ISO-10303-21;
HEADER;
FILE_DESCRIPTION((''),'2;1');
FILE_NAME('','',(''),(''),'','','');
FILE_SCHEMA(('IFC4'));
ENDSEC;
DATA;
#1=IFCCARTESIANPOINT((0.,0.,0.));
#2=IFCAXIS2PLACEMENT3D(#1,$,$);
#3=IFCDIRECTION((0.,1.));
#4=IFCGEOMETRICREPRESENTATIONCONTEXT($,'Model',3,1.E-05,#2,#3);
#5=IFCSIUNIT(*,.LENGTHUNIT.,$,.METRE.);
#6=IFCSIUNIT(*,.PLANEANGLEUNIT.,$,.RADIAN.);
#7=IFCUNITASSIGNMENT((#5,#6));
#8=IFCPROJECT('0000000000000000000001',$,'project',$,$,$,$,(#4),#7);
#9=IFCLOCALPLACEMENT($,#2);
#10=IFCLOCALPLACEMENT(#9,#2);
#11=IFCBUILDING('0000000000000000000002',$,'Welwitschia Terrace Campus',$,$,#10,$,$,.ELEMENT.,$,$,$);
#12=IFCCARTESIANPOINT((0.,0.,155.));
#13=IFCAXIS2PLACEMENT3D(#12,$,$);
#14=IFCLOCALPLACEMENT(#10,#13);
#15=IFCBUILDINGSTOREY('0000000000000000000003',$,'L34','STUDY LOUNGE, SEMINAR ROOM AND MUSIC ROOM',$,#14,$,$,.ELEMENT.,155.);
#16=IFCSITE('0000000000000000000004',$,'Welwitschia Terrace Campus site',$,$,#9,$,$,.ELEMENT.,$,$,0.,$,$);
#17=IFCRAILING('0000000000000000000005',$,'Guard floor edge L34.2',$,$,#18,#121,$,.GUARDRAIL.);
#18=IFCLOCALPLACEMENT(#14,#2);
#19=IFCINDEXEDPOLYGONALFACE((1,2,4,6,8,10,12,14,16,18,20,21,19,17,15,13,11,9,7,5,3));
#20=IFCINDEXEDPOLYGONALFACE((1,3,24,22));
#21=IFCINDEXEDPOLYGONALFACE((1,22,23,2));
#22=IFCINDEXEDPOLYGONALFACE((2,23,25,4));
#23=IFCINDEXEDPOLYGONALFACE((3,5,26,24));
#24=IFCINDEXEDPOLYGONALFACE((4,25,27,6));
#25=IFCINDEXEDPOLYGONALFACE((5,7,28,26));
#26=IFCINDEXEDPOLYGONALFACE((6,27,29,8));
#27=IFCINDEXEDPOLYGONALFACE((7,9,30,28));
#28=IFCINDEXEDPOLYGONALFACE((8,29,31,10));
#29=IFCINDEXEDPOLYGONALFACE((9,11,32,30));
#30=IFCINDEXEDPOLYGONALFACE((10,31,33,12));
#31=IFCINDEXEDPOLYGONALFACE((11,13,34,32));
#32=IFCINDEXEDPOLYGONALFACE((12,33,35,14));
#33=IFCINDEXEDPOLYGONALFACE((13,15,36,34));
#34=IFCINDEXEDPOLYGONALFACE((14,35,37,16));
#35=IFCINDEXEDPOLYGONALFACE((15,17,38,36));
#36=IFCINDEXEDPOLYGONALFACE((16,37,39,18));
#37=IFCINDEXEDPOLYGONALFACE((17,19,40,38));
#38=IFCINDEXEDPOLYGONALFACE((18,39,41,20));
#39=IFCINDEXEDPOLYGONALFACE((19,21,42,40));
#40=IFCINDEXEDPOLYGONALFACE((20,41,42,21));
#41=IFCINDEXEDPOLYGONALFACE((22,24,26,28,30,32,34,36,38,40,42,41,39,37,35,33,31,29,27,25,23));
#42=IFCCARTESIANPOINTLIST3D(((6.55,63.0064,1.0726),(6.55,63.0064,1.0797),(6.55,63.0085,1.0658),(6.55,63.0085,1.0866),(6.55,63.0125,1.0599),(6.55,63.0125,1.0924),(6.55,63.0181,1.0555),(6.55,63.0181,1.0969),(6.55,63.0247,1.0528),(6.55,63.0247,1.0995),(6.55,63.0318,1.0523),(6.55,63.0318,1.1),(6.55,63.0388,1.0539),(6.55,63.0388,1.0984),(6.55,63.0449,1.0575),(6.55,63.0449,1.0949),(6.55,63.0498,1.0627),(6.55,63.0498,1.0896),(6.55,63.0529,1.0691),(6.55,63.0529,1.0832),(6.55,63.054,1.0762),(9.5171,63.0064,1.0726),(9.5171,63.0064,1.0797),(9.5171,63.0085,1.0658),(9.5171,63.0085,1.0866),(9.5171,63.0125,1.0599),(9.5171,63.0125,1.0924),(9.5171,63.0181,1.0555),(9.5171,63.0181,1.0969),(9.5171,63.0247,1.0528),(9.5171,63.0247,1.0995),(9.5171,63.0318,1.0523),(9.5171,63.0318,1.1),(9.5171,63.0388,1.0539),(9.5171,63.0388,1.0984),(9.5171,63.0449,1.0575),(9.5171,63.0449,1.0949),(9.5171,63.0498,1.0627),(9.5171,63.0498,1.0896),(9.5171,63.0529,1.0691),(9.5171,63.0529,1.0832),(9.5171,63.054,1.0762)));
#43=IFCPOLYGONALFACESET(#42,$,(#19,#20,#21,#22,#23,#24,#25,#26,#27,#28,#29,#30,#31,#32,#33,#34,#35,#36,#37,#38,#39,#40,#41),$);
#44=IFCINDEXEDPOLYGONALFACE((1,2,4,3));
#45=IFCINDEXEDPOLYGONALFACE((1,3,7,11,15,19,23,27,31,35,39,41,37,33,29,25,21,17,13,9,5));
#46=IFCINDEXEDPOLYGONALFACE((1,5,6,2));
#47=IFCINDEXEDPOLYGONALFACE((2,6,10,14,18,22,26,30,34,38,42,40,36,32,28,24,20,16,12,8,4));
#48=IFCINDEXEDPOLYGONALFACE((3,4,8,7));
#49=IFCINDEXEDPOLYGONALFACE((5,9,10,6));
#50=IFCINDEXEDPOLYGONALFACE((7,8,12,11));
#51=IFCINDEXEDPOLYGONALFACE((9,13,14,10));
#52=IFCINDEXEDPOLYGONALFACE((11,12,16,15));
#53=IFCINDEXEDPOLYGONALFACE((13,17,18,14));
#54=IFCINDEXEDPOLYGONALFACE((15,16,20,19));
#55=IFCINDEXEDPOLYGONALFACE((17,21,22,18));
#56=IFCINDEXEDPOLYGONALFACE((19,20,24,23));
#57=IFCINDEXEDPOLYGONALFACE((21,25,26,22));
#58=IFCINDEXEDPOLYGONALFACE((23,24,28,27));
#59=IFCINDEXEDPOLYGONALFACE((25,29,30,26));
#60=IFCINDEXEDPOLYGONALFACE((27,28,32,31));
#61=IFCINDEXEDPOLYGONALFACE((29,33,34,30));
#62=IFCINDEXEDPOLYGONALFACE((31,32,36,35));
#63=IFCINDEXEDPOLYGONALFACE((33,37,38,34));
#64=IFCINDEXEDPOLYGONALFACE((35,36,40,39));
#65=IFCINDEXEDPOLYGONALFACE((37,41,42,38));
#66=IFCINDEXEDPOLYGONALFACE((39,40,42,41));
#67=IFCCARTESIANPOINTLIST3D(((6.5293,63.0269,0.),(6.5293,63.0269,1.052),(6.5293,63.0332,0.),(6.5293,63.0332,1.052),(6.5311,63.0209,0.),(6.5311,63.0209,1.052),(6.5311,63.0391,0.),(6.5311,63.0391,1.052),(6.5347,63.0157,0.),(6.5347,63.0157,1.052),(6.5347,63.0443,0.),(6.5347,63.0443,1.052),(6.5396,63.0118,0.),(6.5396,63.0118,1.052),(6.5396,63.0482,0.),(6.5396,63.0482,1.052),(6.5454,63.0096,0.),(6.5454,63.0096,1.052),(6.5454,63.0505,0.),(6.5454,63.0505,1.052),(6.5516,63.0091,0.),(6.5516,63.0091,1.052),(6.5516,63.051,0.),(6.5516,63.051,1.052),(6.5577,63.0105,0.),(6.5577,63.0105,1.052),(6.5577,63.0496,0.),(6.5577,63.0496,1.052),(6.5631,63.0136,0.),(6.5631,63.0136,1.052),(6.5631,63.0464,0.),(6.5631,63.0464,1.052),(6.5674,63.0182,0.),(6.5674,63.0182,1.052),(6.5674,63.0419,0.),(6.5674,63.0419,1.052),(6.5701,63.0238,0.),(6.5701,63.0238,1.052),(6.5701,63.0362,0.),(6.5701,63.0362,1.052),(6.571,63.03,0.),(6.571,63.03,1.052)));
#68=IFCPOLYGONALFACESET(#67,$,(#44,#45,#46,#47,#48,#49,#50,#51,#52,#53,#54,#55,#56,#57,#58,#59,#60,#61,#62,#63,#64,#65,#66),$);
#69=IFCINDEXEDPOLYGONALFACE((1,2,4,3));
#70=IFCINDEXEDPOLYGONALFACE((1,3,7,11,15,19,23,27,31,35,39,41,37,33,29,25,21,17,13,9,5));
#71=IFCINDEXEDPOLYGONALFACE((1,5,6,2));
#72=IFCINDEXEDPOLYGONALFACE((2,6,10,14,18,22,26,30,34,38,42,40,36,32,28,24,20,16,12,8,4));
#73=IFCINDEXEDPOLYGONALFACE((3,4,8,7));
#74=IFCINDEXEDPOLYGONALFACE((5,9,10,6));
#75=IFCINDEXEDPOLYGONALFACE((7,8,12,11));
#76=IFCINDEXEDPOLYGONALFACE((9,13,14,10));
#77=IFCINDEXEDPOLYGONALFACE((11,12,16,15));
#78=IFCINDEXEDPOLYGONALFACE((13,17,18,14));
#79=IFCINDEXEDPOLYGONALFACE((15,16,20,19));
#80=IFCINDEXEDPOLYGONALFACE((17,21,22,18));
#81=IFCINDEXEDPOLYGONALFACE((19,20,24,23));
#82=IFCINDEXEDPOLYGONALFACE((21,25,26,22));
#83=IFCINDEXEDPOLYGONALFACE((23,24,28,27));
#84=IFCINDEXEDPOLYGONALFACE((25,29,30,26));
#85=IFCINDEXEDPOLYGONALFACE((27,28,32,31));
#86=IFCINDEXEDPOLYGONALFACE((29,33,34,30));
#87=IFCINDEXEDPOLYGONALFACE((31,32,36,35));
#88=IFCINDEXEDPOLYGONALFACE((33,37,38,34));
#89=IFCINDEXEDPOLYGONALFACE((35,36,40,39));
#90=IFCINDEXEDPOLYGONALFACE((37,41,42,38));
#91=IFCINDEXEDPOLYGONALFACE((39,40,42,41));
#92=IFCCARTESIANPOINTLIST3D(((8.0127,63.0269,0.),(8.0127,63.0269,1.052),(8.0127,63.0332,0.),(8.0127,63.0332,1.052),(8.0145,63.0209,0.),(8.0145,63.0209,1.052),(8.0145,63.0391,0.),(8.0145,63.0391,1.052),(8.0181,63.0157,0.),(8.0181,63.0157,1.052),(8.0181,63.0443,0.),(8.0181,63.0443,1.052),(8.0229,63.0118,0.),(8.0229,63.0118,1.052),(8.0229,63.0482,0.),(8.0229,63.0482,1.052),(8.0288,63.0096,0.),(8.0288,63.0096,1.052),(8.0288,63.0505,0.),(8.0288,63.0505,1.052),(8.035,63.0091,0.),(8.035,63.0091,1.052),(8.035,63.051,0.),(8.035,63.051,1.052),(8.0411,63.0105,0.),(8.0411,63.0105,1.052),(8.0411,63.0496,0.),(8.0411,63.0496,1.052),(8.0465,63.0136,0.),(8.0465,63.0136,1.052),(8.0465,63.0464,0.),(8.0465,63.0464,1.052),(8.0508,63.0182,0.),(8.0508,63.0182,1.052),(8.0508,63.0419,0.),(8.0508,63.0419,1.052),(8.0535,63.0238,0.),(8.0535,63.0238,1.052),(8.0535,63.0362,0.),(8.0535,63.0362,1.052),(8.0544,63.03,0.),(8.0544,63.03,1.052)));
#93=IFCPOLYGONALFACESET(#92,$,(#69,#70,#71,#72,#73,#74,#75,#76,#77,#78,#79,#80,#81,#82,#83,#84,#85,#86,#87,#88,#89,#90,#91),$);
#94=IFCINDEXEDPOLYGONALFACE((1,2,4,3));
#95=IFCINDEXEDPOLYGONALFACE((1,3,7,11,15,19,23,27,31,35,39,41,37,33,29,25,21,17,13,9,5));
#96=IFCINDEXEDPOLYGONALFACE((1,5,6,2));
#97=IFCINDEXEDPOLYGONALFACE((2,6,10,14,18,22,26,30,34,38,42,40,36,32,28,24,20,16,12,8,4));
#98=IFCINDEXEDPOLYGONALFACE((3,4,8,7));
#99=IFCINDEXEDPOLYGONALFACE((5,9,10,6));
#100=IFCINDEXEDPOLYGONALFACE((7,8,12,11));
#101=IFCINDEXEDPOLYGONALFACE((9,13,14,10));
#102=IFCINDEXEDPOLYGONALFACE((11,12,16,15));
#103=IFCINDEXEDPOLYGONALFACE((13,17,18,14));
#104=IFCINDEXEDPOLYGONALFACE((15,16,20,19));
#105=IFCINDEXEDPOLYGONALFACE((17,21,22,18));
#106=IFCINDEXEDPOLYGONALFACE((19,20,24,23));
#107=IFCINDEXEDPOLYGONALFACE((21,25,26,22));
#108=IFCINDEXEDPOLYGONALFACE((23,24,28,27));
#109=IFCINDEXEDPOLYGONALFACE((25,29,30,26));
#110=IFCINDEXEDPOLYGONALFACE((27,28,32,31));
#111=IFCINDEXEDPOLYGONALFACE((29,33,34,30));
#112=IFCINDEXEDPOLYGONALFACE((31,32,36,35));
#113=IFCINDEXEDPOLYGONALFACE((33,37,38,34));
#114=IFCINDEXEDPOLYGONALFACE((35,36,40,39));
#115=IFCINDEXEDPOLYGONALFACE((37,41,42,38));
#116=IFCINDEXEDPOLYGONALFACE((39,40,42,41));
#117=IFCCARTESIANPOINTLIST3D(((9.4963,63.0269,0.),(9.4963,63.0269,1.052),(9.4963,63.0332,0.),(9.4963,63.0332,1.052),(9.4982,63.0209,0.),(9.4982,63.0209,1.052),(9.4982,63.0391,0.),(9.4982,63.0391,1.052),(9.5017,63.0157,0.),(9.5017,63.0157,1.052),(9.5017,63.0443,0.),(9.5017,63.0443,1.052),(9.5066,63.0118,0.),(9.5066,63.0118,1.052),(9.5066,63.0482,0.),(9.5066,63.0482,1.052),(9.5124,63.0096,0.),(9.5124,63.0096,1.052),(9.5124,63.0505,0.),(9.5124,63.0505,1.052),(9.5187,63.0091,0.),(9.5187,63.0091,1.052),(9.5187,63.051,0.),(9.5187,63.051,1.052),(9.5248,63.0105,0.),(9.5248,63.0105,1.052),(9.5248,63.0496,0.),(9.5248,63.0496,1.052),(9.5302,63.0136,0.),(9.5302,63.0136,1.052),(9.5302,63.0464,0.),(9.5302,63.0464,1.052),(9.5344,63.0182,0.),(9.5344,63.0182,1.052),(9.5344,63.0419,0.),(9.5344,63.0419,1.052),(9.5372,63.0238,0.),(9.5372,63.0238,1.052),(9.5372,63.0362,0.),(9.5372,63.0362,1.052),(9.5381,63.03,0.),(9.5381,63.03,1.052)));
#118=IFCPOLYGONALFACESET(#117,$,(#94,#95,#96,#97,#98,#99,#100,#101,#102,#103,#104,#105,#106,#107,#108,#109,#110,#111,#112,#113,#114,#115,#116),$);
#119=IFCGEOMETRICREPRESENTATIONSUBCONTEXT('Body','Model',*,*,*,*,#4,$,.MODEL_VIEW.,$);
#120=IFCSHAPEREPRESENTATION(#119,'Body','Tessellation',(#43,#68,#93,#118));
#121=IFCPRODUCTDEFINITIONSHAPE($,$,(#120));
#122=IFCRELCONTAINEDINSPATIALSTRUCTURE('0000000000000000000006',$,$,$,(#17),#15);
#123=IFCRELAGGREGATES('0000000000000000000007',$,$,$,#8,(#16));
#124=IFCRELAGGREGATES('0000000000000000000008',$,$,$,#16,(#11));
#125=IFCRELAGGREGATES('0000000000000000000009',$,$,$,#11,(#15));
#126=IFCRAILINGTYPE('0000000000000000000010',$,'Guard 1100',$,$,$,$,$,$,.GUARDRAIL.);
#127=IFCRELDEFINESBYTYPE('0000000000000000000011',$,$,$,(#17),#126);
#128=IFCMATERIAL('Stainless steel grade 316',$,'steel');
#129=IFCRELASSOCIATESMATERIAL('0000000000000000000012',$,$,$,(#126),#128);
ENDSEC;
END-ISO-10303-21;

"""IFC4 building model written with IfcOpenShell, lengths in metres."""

from ifc_helpers import new_model, si_unit, direction, frame, origin, origin_2d, place, context, subcontext, project, spatial, circle, extrude, material, type_object, element, save


model = new_model("IFC4")

# Units and contexts
model_context = context("Model", 3, precision=1e-05, world=origin(), true_north=direction((0.0, 1.0)))
body_context = subcontext(model_context, "Body", "Model", "MODEL_VIEW")
ifc_project = project(units=[si_unit("LENGTHUNIT", "METRE"), si_unit("PLANEANGLEUNIT", "RADIAN")], contexts=[model_context])

# Site, building, storey
site_placement = place(None, origin())
site = spatial("IfcSite", under=ifc_project, at=site_placement, Name="Welwitschia Terrace Campus site", CompositionType="ELEMENT", RefElevation=0.0)
building_placement = place(site_placement, origin())
building = spatial("IfcBuilding", under=site, at=building_placement, Name="Welwitschia Terrace Campus", CompositionType="ELEMENT")
storey_placement = place(building_placement, frame((0.0, 0.0, 155.0)))
storey = spatial("IfcBuildingStorey", under=building, at=storey_placement, Name="L34", Description="STUDY LOUNGE, SEMINAR ROOM AND MUSIC ROOM", CompositionType="ELEMENT", Elevation=155.0)

# Railing
ifc_material_1 = material(Name="Stainless steel grade 316", Category="steel")
railing_type = type_object("IfcRailingType", Name="Guard 1100", PredefinedType="GUARDRAIL", material=ifc_material_1)
railing_1_placement = place(storey_placement, frame((6.55, 63.03, 0.0)))
element("IfcRailing", 1, at=railing_1_placement, inside=storey, type_object=railing_type, Name="Guard floor edge L34.2", PredefinedType="GUARDRAIL", context=body_context, shape_type="SweptSolid", body=[
    extrude(circle(Radius=0.0239, at=origin_2d()), frame((0.0, 0.0, 1.0762), z_axis=(1.0, 0.0, 0.0), x_axis=(0.0, 1.0, 0.0)), (0.0, 0.0, 1.0), 2.967),
    extrude(circle(Radius=0.021, at=origin_2d()), origin(), (0.0, 0.0, 1.0), 1.052),
    extrude(circle(Radius=0.021, at=origin_2d()), frame((1.4834, 0.0, 0.0)), (0.0, 0.0, 1.0), 1.052),
    extrude(circle(Radius=0.021, at=origin_2d()), frame((2.967, 0.0, 0.0)), (0.0, 0.0, 1.0), 1.052),
])

save(model, "model.ifc")
